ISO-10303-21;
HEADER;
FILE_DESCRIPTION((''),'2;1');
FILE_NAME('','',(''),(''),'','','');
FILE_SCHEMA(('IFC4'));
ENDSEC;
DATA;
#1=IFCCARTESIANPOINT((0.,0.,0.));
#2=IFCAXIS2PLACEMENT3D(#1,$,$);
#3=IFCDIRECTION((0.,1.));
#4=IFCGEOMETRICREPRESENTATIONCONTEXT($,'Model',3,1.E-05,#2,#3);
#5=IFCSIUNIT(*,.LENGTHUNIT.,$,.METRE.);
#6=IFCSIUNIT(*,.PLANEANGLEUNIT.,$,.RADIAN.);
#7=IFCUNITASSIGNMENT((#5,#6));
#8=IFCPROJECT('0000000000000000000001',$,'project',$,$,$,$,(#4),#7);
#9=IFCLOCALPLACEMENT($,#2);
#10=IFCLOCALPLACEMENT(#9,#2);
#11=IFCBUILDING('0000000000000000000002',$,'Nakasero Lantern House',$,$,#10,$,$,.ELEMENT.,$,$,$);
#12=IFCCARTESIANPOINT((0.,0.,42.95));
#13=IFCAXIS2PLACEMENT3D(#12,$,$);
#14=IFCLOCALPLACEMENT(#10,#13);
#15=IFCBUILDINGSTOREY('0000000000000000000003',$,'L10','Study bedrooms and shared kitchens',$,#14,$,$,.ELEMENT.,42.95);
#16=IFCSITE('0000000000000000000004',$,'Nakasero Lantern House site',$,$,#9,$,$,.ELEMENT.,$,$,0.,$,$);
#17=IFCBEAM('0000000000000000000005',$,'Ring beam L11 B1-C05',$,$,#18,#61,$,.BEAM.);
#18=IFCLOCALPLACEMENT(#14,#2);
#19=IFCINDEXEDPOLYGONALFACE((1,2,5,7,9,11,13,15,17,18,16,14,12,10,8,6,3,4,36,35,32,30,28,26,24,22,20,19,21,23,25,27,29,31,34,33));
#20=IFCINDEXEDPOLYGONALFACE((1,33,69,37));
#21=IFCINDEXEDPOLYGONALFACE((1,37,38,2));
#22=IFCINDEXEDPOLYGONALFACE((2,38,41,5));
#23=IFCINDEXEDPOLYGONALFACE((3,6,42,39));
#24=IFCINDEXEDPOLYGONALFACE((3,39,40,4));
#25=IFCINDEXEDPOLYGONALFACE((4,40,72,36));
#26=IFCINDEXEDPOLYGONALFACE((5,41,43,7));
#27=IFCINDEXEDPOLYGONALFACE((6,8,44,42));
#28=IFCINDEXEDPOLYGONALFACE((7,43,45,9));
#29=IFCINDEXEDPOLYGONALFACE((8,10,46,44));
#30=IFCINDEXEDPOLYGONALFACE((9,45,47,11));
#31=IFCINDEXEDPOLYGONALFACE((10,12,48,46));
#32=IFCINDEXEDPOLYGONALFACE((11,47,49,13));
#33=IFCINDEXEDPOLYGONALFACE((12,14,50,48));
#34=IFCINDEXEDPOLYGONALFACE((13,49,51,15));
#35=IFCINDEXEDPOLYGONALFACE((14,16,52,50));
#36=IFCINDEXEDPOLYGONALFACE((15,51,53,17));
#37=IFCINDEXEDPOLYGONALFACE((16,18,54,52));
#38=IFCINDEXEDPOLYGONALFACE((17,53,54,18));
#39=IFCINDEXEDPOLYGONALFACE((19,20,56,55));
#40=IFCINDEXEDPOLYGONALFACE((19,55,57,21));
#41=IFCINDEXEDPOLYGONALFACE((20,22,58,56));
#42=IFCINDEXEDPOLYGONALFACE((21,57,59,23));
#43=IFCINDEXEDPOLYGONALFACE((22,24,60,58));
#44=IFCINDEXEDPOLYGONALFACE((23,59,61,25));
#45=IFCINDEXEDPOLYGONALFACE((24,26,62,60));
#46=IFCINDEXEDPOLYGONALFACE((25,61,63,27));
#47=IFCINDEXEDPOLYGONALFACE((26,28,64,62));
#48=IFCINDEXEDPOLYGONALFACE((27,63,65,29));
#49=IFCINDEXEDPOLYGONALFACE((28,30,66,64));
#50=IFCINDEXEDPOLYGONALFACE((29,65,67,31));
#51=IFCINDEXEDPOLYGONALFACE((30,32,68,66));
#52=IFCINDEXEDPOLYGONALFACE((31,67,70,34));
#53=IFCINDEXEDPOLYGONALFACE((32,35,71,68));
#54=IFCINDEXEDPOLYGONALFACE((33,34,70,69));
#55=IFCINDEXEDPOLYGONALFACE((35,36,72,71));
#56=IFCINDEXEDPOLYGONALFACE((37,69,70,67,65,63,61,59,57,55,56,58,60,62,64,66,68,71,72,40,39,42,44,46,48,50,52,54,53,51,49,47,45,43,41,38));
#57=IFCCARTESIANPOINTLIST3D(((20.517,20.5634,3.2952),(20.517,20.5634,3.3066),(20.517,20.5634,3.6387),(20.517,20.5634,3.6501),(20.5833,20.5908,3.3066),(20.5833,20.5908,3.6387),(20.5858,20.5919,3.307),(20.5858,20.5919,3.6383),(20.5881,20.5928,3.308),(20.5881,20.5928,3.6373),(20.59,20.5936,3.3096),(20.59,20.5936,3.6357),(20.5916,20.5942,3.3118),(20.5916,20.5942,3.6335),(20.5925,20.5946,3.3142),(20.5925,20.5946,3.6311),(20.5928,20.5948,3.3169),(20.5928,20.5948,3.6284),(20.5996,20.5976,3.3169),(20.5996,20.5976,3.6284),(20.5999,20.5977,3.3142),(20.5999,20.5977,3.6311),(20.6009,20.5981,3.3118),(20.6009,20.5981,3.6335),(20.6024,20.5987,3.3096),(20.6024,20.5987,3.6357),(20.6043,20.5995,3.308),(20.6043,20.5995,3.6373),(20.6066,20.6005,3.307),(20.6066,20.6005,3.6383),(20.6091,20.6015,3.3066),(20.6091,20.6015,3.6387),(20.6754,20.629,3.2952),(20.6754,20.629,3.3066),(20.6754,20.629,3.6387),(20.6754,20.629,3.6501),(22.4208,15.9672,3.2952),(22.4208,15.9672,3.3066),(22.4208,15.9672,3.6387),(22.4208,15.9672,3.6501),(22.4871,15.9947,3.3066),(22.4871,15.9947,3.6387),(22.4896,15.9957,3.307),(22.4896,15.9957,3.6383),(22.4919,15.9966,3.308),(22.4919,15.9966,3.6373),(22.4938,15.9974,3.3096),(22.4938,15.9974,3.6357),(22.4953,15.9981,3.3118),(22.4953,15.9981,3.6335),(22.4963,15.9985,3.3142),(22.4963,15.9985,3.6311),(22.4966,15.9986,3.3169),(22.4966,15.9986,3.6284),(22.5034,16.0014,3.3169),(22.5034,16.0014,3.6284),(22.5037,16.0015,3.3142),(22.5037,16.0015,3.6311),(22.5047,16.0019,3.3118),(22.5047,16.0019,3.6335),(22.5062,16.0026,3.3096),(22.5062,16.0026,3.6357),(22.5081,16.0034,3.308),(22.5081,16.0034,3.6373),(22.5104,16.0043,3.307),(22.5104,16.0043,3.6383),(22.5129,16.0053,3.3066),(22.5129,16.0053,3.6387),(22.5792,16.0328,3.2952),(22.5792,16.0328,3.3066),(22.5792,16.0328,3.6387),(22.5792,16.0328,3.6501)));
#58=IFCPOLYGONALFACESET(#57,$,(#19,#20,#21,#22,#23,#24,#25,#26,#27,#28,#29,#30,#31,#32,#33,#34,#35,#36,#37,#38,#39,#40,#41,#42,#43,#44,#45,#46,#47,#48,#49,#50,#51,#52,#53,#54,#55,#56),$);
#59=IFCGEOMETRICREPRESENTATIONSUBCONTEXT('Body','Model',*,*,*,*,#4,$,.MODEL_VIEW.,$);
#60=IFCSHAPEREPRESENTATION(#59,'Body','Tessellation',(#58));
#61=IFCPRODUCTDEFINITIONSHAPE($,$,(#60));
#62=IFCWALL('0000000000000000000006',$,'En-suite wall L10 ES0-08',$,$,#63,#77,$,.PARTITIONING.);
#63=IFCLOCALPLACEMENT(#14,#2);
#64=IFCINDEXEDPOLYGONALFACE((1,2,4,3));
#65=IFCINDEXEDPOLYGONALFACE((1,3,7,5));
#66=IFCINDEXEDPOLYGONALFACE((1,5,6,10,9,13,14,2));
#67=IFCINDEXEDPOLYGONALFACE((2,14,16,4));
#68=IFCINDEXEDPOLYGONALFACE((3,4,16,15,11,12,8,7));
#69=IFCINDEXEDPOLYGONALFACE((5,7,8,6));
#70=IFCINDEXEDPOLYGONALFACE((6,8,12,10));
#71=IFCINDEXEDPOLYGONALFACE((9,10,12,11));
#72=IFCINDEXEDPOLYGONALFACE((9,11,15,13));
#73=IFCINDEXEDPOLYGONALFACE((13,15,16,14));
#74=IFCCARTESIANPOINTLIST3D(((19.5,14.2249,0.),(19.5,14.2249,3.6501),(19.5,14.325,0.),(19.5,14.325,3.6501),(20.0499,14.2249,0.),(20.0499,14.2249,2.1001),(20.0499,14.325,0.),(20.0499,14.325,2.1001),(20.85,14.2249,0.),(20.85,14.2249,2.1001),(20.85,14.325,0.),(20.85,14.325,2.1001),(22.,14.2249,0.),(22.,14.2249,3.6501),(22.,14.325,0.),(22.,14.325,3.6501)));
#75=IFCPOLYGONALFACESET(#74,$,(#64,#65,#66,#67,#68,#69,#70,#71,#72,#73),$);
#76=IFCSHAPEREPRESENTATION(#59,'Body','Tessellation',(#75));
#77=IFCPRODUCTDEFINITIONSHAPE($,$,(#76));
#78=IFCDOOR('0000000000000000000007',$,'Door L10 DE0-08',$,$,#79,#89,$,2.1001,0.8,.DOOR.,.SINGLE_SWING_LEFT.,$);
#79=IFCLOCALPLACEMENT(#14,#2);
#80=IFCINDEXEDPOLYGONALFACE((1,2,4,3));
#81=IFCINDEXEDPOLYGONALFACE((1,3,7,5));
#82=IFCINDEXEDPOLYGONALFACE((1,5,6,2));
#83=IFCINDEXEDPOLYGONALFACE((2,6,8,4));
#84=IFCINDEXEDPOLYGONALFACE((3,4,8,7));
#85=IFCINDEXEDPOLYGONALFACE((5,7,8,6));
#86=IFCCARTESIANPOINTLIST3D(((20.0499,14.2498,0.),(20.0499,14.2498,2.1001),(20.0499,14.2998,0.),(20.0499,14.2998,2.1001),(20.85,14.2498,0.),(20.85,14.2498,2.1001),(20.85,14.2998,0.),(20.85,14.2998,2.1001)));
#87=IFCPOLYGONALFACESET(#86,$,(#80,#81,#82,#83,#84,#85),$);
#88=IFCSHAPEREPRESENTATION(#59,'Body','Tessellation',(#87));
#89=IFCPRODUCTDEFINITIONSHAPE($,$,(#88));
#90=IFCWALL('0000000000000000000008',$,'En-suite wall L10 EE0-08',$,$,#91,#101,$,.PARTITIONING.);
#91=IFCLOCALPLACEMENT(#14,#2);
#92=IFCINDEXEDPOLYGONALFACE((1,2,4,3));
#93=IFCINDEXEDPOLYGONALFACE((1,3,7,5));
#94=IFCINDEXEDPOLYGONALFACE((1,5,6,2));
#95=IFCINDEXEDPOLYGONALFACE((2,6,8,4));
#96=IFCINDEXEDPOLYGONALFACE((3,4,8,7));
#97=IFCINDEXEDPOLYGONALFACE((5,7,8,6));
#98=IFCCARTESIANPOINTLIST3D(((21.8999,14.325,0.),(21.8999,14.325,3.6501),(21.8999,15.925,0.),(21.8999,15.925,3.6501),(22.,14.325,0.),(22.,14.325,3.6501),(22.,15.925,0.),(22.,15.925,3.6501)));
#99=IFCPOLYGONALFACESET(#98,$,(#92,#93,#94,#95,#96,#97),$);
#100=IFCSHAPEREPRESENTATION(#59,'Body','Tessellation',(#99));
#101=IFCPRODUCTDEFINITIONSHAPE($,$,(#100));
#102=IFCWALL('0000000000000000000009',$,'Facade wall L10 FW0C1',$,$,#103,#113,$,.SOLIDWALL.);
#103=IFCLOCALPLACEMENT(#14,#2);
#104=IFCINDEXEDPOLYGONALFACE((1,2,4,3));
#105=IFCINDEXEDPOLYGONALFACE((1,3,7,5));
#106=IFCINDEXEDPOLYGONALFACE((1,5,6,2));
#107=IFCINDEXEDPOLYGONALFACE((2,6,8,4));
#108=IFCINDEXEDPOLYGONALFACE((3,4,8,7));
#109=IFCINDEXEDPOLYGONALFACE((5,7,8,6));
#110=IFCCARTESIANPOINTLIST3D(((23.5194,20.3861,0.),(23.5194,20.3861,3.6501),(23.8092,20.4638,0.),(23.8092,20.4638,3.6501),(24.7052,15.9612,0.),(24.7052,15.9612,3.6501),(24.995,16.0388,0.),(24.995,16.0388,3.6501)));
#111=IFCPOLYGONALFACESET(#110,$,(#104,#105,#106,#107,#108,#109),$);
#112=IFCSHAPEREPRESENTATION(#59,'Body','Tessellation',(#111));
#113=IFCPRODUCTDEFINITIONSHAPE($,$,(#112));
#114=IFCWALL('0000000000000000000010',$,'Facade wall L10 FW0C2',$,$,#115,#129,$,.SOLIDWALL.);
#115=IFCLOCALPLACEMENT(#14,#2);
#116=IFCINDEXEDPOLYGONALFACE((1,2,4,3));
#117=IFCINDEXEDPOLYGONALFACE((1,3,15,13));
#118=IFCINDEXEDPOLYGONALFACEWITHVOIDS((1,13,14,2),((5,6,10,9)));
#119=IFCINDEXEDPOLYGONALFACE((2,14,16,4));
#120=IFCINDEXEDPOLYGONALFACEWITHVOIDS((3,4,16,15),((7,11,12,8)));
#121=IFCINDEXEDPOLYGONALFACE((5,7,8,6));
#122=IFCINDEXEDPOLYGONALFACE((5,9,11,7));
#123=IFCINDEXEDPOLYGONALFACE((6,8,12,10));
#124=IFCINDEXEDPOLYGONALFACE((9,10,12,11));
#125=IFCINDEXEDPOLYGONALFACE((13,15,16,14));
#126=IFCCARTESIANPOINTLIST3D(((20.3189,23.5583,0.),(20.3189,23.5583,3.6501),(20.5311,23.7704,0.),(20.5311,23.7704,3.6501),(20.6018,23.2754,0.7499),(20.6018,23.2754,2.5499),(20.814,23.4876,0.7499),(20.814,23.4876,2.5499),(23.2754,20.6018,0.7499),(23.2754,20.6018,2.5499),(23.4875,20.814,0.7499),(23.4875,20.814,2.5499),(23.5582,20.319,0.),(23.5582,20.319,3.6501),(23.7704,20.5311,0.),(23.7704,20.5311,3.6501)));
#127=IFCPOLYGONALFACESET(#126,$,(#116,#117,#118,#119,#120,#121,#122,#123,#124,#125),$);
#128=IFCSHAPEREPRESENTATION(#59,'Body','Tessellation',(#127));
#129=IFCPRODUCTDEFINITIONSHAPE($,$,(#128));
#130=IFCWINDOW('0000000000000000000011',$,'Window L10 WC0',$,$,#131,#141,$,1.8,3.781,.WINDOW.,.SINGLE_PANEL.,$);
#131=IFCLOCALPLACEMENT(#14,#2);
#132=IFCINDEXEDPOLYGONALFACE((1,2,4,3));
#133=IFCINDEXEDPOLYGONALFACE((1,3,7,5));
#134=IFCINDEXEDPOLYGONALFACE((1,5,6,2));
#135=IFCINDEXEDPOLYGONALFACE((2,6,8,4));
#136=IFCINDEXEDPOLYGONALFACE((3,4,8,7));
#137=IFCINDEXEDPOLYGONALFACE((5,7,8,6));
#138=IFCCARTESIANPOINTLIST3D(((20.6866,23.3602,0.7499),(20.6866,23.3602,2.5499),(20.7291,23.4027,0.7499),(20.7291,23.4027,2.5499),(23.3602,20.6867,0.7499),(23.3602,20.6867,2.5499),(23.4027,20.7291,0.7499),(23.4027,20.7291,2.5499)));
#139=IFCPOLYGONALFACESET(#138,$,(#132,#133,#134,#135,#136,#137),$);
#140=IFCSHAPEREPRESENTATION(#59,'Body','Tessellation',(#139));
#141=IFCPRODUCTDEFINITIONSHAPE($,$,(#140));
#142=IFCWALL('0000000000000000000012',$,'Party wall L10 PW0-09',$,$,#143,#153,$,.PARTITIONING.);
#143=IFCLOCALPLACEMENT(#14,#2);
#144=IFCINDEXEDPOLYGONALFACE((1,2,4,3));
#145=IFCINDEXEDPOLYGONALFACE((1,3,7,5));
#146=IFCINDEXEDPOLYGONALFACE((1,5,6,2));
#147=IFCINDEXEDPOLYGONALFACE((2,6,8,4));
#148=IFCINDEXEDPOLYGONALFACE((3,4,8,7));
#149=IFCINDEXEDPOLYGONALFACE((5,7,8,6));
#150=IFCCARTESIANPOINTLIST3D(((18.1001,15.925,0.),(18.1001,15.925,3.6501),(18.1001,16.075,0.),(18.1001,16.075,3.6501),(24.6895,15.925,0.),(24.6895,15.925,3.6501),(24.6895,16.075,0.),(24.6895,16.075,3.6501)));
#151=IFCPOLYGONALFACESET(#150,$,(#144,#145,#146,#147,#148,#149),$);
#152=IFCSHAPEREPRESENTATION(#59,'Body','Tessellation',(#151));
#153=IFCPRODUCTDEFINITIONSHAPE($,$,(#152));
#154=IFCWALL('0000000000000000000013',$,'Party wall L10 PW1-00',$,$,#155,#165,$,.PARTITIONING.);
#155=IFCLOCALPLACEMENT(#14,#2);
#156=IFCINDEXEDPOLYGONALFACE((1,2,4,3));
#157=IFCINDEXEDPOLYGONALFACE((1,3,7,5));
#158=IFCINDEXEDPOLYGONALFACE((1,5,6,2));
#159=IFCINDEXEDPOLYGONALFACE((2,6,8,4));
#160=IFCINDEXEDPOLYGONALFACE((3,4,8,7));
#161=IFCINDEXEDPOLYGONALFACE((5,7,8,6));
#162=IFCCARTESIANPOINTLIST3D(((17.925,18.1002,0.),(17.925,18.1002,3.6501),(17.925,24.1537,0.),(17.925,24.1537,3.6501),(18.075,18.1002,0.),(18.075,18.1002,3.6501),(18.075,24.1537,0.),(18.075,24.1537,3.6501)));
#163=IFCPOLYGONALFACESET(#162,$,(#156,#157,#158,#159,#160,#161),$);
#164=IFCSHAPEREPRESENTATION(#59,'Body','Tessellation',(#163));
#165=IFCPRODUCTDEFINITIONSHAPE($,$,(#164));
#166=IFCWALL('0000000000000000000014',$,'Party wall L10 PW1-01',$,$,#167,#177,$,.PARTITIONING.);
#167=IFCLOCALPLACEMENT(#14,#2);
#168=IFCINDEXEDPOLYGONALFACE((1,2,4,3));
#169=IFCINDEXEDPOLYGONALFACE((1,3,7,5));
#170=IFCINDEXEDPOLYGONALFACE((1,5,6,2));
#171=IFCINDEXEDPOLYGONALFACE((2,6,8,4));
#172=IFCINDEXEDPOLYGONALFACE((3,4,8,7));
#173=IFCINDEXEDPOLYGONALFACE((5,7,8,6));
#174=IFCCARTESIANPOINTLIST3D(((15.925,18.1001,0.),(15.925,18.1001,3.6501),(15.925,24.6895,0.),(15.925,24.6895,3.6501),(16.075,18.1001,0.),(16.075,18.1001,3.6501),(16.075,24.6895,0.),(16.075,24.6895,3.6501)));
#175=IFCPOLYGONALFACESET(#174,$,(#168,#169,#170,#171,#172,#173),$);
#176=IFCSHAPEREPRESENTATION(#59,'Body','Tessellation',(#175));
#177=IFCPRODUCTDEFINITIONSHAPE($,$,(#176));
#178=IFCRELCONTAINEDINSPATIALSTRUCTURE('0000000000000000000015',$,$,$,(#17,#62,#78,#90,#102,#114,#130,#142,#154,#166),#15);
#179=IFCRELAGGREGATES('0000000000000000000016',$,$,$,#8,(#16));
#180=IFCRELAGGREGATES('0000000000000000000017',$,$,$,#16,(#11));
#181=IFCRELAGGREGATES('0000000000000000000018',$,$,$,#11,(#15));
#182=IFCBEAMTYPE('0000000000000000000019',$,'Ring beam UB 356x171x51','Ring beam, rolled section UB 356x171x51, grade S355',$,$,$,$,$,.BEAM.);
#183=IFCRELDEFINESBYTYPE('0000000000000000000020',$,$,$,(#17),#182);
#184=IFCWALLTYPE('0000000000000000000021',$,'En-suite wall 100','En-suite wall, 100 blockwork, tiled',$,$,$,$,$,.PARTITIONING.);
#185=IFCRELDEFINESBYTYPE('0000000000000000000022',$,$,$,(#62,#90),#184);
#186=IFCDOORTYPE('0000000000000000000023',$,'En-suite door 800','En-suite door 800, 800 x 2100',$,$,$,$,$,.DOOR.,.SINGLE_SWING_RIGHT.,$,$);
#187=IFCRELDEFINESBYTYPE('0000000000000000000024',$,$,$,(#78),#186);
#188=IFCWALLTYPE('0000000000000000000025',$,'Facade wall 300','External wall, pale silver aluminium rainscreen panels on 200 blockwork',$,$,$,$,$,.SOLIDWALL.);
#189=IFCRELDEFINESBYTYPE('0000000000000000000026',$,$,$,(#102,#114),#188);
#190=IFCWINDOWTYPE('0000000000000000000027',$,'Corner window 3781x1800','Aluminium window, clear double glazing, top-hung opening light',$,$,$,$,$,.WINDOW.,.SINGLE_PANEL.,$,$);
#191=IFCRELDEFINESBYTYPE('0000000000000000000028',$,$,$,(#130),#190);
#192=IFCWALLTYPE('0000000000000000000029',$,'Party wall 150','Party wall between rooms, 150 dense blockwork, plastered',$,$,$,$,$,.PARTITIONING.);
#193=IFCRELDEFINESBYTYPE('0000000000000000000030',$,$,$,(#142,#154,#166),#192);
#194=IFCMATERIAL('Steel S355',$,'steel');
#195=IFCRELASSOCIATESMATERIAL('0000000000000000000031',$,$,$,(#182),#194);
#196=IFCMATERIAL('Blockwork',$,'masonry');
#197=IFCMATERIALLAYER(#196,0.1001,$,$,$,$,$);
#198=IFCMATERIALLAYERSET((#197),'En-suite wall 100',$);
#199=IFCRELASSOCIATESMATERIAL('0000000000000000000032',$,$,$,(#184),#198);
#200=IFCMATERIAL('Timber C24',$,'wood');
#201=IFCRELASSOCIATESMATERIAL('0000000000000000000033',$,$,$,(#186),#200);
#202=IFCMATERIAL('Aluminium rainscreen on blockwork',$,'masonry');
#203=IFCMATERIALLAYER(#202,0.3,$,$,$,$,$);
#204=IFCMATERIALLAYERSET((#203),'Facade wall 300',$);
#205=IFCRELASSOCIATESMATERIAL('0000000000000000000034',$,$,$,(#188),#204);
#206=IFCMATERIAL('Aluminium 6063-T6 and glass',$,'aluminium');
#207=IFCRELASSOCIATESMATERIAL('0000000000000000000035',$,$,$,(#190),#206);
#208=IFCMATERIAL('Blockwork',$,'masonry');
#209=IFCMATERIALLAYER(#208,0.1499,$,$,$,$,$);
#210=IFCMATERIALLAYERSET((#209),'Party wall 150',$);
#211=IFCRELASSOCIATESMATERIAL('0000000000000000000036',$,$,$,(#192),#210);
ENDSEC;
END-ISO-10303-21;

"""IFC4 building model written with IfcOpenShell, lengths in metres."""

from ifc_helpers import new_model, si_unit, direction, frame, frame_2d, origin, origin_2d, place, context, subcontext, project, spatial, rectangle, i_section, extrude, material, layer, layer_set, material_profile, profile_set, type_object, element, fill, save


model = new_model("IFC4")

# Units and contexts
model_context = context("Model", 3, precision=1e-05, world=origin(), true_north=direction((0.0, 1.0)))
body_context = subcontext(model_context, "Body", "Model", "MODEL_VIEW")
ifc_project = project(units=[si_unit("LENGTHUNIT", "METRE"), si_unit("PLANEANGLEUNIT", "RADIAN")], contexts=[model_context])

# Site, building, storey
site_placement = place(None, origin())
site = spatial("IfcSite", under=ifc_project, at=site_placement, Name="Nakasero Lantern House site", CompositionType="ELEMENT", RefElevation=0.0)
building_placement = place(site_placement, origin())
building = spatial("IfcBuilding", under=site, at=building_placement, Name="Nakasero Lantern House", CompositionType="ELEMENT")
storey_placement = place(building_placement, frame((0.0, 0.0, 42.95)))
storey = spatial("IfcBuildingStorey", under=building, at=storey_placement, Name="L10", Description="Study bedrooms and shared kitchens", CompositionType="ELEMENT", Elevation=42.95)

# Beam
ifc_material_1 = material(Name="Steel S355", Category="steel")
ifc_material_profile_1 = material_profile(ifc_material_1, i_section(OverallWidth=0.1714, OverallDepth=0.355, WebThickness=0.0073, FlangeThickness=0.0115, FilletRadius=0.0103, at=origin_2d()), Name="UB 356x171x51")
ifc_profile_set_1 = profile_set([ifc_material_profile_1], Name="Steel S355")
beam_type_1 = type_object("IfcBeamType", Name="Ring beam UB 356x171x51", Description="Ring beam, rolled section UB 356x171x51, grade S355", PredefinedType="BEAM", material=ifc_profile_set_1)
beam_1_placement = place(storey_placement, frame((22.5, 16.0, 3.4727), z_axis=(-0.382684, 0.923879, 0.0), x_axis=(-0.923879, -0.382684, 0.0)))
element("IfcBeam", 1, at=beam_1_placement, inside=storey, type_object=beam_type_1, Name="Ring beam L11 B1-C05", PredefinedType="BEAM", context=body_context, shape_type="SweptSolid", body=[
    extrude(i_section(OverallWidth=0.1714, OverallDepth=0.355, WebThickness=0.0073, FlangeThickness=0.0115, FilletRadius=0.0103, at=origin_2d()), origin(), (0.0, 0.0, 1.0), 4.9749),
])

# Wall, opening, door
ifc_material_2 = material(Name="Blockwork", Category="masonry")
ifc_layer_1 = layer(ifc_material_2, 0.1001)
ifc_layer_set_1 = layer_set([ifc_layer_1], Name="En-suite wall 100")
wall_type_1 = type_object("IfcWallType", Name="En-suite wall 100", Description="En-suite wall, 100 blockwork, tiled", PredefinedType="PARTITIONING", material=ifc_layer_set_1)
wall_1_placement = place(storey_placement, frame((19.5, 14.2749, 0.0), z_axis=(0.0, 0.0, 1.0), x_axis=(1.0, 0.0, 0.0)))
wall_1 = element("IfcWall", 2, at=wall_1_placement, inside=storey, type_object=wall_type_1, Name="En-suite wall L10 ES0-08", PredefinedType="PARTITIONING", context=body_context, shape_type="SweptSolid", body=[
    extrude(rectangle(XDim=2.5, YDim=0.1001, at=frame_2d((1.25, 0.0))), origin(), (0.0, 0.0, 1.0), 3.6501),
])
opening_1_placement = place(wall_1_placement, frame((0.55, 0.0, 0.0)))
opening_1 = element("IfcOpeningElement", 3, at=opening_1_placement, cuts=wall_1, PredefinedType="OPENING", context=body_context, shape_type="SweptSolid", body=[
    extrude(rectangle(XDim=0.8, YDim=2.1001, at=frame_2d((0.3999, 1.05))), frame((0.0, 0.0701, 0.0), z_axis=(0.0, -1.0, 0.0), x_axis=(1.0, 0.0, 0.0)), (0.0, 0.0, 1.0), 0.1401),
])
ifc_material_3 = material(Name="Timber C24", Category="wood")
door_type_1 = type_object("IfcDoorType", Name="En-suite door 800", Description="En-suite door 800, 800 x 2100", OperationType="SINGLE_SWING_RIGHT", PredefinedType="DOOR", material=ifc_material_3)
door_1_placement = place(opening_1_placement, origin())
door_1 = element("IfcDoor", 4, at=door_1_placement, inside=storey, type_object=door_type_1, Name="Door L10 DE0-08", OperationType="SINGLE_SWING_LEFT", OverallHeight=2.1001, OverallWidth=0.8, PredefinedType="DOOR", context=body_context, shape_type="SweptSolid", body=[
    extrude(rectangle(XDim=0.8, YDim=2.1001, at=frame_2d((0.3999, 1.05))), frame((0.0, 0.0249, 0.0), z_axis=(0.0, -1.0, 0.0), x_axis=(1.0, 0.0, 0.0)), (0.0, 0.0, 1.0), 0.05),
])
fill(opening_1, door_1)

# Walls
wall_2_placement = place(storey_placement, frame((21.95, 14.325, 0.0), z_axis=(0.0, 0.0, 1.0), x_axis=(0.0, 1.0, 0.0)))
element("IfcWall", 5, at=wall_2_placement, inside=storey, type_object=wall_type_1, Name="En-suite wall L10 EE0-08", PredefinedType="PARTITIONING", context=body_context, shape_type="SweptSolid", body=[
    extrude(rectangle(XDim=1.6001, YDim=0.1001, at=frame_2d((0.8, 0.0))), origin(), (0.0, 0.0, 1.0), 3.6501),
])
ifc_material_4 = material(Name="Aluminium rainscreen on blockwork", Category="masonry")
ifc_layer_2 = layer(ifc_material_4, 0.3)
ifc_layer_set_2 = layer_set([ifc_layer_2], Name="Facade wall 300")
wall_type_2 = type_object("IfcWallType", Name="Facade wall 300", Description="External wall, pale silver aluminium rainscreen panels on 200 blockwork", PredefinedType="SOLIDWALL", material=ifc_layer_set_2)
wall_3_placement = place(storey_placement, frame((24.8501, 16.0, 0.0), z_axis=(0.0, 0.0, 1.0), x_axis=(-0.25884, 0.96592, 0.0)))
element("IfcWall", 6, at=wall_3_placement, inside=storey, type_object=wall_type_2, Name="Facade wall L10 FW0C1", PredefinedType="SOLIDWALL", context=body_context, shape_type="SweptSolid", body=[
    extrude(rectangle(XDim=4.5811, YDim=0.3, at=frame_2d((2.2905, 0.0))), origin(), (0.0, 0.0, 1.0), 3.6501),
])

# Wall, opening, window
wall_4_placement = place(storey_placement, frame((23.6643, 20.425, 0.0), z_axis=(0.0, 0.0, 1.0), x_axis=(-0.707107, 0.707107, 0.0)))
wall_4 = element("IfcWall", 7, at=wall_4_placement, inside=storey, type_object=wall_type_2, Name="Facade wall L10 FW0C2", PredefinedType="SOLIDWALL", context=body_context, shape_type="SweptSolid", body=[
    extrude(rectangle(XDim=4.5811, YDim=0.3, at=frame_2d((2.2905, 0.0))), origin(), (0.0, 0.0, 1.0), 3.6501),
])
opening_2_placement = place(wall_4_placement, frame((0.3999, 0.0, 0.75)))
opening_2 = element("IfcOpeningElement", 8, at=opening_2_placement, cuts=wall_4, PredefinedType="OPENING", context=body_context, shape_type="SweptSolid", body=[
    extrude(rectangle(XDim=3.781, YDim=1.8, at=frame_2d((1.8906, 0.8999))), frame((0.0, 0.1699, 0.0), z_axis=(0.0, -1.0, 0.0), x_axis=(1.0, 0.0, 0.0)), (0.0, 0.0, 1.0), 0.3401),
])
ifc_material_5 = material(Name="Aluminium 6063-T6 and glass", Category="aluminium")
window_type = type_object("IfcWindowType", Name="Corner window 3781x1800", Description="Aluminium window, clear double glazing, top-hung opening light", PartitioningType="SINGLE_PANEL", PredefinedType="WINDOW", material=ifc_material_5)
window_placement = place(opening_2_placement, origin())
window = element("IfcWindow", 9, at=window_placement, inside=storey, type_object=window_type, Name="Window L10 WC0", OverallHeight=1.8, OverallWidth=3.781, PartitioningType="SINGLE_PANEL", PredefinedType="WINDOW", context=body_context, shape_type="SweptSolid", body=[
    extrude(rectangle(XDim=3.781, YDim=1.8, at=frame_2d((1.8906, 0.8999))), frame((0.0, 0.03, 0.0), z_axis=(0.0, -1.0, 0.0), x_axis=(1.0, 0.0, 0.0)), (0.0, 0.0, 1.0), 0.0601),
])
fill(opening_2, window)

# Walls
ifc_material_6 = material(Name="Blockwork", Category="masonry")
ifc_layer_3 = layer(ifc_material_6, 0.1499)
ifc_layer_set_3 = layer_set([ifc_layer_3], Name="Party wall 150")
wall_type_3 = type_object("IfcWallType", Name="Party wall 150", Description="Party wall between rooms, 150 dense blockwork, plastered", PredefinedType="PARTITIONING", material=ifc_layer_set_3)
wall_5_placement = place(storey_placement, frame((18.1001, 16.0, 0.0), z_axis=(0.0, 0.0, 1.0), x_axis=(1.0, 0.0, 0.0)))
element("IfcWall", 10, at=wall_5_placement, inside=storey, type_object=wall_type_3, Name="Party wall L10 PW0-09", PredefinedType="PARTITIONING", context=body_context, shape_type="SweptSolid", body=[
    extrude(rectangle(XDim=6.5894, YDim=0.1499, at=frame_2d((3.2947, 0.0))), origin(), (0.0, 0.0, 1.0), 3.6501),
])
wall_6_placement = place(storey_placement, frame((18.0, 18.1001, 0.0), z_axis=(0.0, 0.0, 1.0), x_axis=(0.0, 1.0, 0.0)))
element("IfcWall", 11, at=wall_6_placement, inside=storey, type_object=wall_type_3, Name="Party wall L10 PW1-00", PredefinedType="PARTITIONING", context=body_context, shape_type="SweptSolid", body=[
    extrude(rectangle(XDim=6.0535, YDim=0.1499, at=frame_2d((3.0269, 0.0))), origin(), (0.0, 0.0, 1.0), 3.6501),
])
wall_7_placement = place(storey_placement, frame((16.0, 18.1001, 0.0), z_axis=(0.0, 0.0, 1.0), x_axis=(0.0, 1.0, 0.0)))
element("IfcWall", 12, at=wall_7_placement, inside=storey, type_object=wall_type_3, Name="Party wall L10 PW1-01", PredefinedType="PARTITIONING", context=body_context, shape_type="SweptSolid", body=[
    extrude(rectangle(XDim=6.5894, YDim=0.1499, at=frame_2d((3.2947, 0.0))), origin(), (0.0, 0.0, 1.0), 3.6501),
])

save(model, "model.ifc")
